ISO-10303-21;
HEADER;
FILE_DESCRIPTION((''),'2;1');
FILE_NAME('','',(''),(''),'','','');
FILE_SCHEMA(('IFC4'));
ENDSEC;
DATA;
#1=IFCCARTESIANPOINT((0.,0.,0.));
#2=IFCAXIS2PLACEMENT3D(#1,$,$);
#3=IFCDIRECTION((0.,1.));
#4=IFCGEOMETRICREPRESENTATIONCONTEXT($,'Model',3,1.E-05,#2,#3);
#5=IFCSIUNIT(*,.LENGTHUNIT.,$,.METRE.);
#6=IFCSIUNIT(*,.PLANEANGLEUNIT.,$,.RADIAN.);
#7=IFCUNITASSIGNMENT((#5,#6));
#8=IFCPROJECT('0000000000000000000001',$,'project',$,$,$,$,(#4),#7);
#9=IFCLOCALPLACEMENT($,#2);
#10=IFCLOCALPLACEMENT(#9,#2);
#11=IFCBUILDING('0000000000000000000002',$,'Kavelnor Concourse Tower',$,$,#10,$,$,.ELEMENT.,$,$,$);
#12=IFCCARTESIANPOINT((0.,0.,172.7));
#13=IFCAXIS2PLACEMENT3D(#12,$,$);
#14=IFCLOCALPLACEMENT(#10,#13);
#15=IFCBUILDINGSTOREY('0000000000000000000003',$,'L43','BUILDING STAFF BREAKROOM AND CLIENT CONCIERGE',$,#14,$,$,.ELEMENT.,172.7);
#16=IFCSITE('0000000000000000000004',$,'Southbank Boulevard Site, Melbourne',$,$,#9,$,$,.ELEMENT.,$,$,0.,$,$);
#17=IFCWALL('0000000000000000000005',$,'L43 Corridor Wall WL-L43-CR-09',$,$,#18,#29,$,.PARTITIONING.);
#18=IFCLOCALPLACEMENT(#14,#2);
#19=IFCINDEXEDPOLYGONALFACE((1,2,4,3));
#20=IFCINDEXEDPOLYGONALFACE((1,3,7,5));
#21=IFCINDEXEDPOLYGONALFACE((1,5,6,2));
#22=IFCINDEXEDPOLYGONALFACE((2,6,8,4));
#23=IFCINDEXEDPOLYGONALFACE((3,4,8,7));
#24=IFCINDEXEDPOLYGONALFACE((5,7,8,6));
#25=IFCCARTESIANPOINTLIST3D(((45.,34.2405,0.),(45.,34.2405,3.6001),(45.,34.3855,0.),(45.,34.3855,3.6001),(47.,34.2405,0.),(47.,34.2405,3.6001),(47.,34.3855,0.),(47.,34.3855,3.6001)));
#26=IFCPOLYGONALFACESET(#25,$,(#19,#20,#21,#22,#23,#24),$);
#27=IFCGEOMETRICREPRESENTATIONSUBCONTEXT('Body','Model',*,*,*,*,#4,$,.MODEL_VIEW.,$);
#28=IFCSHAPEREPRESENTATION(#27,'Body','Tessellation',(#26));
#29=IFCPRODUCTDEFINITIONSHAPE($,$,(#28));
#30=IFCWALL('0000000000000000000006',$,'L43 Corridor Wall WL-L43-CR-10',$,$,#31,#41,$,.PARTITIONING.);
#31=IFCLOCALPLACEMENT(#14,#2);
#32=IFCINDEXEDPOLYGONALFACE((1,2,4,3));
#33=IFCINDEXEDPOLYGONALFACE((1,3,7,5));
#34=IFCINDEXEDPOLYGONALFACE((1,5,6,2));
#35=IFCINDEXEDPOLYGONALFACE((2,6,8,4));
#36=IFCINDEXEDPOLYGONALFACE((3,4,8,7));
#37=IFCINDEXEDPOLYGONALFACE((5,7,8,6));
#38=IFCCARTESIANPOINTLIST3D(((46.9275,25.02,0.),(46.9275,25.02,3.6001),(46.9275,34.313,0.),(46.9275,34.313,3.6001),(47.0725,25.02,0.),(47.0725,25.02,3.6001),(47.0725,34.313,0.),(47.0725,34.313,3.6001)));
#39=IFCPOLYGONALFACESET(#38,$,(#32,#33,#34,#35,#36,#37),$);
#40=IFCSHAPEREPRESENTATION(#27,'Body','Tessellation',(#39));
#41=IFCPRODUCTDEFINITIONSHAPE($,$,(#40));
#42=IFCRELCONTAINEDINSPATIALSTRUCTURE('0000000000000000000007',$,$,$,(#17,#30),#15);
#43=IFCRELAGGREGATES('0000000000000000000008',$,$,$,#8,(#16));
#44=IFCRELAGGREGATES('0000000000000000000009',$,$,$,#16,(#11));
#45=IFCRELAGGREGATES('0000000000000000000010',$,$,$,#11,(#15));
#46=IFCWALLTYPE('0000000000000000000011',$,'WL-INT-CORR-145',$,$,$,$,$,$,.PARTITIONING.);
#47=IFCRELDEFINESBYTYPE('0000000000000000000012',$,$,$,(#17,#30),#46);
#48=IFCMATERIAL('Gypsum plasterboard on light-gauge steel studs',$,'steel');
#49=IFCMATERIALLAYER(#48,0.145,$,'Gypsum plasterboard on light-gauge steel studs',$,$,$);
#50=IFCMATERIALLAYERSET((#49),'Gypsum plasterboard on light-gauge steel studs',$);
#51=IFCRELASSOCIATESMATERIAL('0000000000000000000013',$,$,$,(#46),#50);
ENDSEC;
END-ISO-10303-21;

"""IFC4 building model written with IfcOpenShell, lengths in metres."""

from ifc_helpers import new_model, si_unit, direction, frame, frame_2d, origin, place, context, subcontext, project, spatial, rectangle, extrude, material, layer, layer_set, type_object, element, save


model = new_model("IFC4")

# Units and contexts
model_context = context("Model", 3, precision=1e-05, world=origin(), true_north=direction((0.0, 1.0)))
body_context = subcontext(model_context, "Body", "Model", "MODEL_VIEW")
ifc_project = project(units=[si_unit("LENGTHUNIT", "METRE"), si_unit("PLANEANGLEUNIT", "RADIAN")], contexts=[model_context])

# Site, building, storey
site_placement = place(None, origin())
site = spatial("IfcSite", under=ifc_project, at=site_placement, Name="Southbank Boulevard Site, Melbourne", CompositionType="ELEMENT", RefElevation=0.0)
building_placement = place(site_placement, origin())
building = spatial("IfcBuilding", under=site, at=building_placement, Name="Kavelnor Concourse Tower", CompositionType="ELEMENT")
storey_placement = place(building_placement, frame((0.0, 0.0, 172.7)))
storey = spatial("IfcBuildingStorey", under=building, at=storey_placement, Name="L43", Description="BUILDING STAFF BREAKROOM AND CLIENT CONCIERGE", CompositionType="ELEMENT", Elevation=172.7)

# Walls
ifc_material_1 = material(Name="Gypsum plasterboard on light-gauge steel studs", Category="steel")
ifc_layer_1 = layer(ifc_material_1, 0.145, Name="Gypsum plasterboard on light-gauge steel studs")
ifc_layer_set_1 = layer_set([ifc_layer_1], Name="Gypsum plasterboard on light-gauge steel studs")
wall_type_1 = type_object("IfcWallType", Name="WL-INT-CORR-145", PredefinedType="PARTITIONING", material=ifc_layer_set_1)
wall_1_placement = place(storey_placement, frame((45.0, 34.313, 0.0), z_axis=(0.0, 0.0, 1.0), x_axis=(1.0, 0.0, 0.0)))
element("IfcWall", 1, at=wall_1_placement, inside=storey, type_object=wall_type_1, Name="L43 Corridor Wall WL-L43-CR-09", PredefinedType="PARTITIONING", context=body_context, shape_type="SweptSolid", body=[
    extrude(rectangle(XDim=2.0, YDim=0.145, at=frame_2d((1.0, 0.0))), origin(), (0.0, 0.0, 1.0), 3.6001),
])
wall_2_placement = place(storey_placement, frame((47.0, 34.313, 0.0), z_axis=(0.0, 0.0, 1.0), x_axis=(0.0, -1.0, 0.0)))
element("IfcWall", 2, at=wall_2_placement, inside=storey, type_object=wall_type_1, Name="L43 Corridor Wall WL-L43-CR-10", PredefinedType="PARTITIONING", context=body_context, shape_type="SweptSolid", body=[
    extrude(rectangle(XDim=9.293, YDim=0.145, at=frame_2d((4.6465, 0.0))), origin(), (0.0, 0.0, 1.0), 3.6001),
])

save(model, "model.ifc")
